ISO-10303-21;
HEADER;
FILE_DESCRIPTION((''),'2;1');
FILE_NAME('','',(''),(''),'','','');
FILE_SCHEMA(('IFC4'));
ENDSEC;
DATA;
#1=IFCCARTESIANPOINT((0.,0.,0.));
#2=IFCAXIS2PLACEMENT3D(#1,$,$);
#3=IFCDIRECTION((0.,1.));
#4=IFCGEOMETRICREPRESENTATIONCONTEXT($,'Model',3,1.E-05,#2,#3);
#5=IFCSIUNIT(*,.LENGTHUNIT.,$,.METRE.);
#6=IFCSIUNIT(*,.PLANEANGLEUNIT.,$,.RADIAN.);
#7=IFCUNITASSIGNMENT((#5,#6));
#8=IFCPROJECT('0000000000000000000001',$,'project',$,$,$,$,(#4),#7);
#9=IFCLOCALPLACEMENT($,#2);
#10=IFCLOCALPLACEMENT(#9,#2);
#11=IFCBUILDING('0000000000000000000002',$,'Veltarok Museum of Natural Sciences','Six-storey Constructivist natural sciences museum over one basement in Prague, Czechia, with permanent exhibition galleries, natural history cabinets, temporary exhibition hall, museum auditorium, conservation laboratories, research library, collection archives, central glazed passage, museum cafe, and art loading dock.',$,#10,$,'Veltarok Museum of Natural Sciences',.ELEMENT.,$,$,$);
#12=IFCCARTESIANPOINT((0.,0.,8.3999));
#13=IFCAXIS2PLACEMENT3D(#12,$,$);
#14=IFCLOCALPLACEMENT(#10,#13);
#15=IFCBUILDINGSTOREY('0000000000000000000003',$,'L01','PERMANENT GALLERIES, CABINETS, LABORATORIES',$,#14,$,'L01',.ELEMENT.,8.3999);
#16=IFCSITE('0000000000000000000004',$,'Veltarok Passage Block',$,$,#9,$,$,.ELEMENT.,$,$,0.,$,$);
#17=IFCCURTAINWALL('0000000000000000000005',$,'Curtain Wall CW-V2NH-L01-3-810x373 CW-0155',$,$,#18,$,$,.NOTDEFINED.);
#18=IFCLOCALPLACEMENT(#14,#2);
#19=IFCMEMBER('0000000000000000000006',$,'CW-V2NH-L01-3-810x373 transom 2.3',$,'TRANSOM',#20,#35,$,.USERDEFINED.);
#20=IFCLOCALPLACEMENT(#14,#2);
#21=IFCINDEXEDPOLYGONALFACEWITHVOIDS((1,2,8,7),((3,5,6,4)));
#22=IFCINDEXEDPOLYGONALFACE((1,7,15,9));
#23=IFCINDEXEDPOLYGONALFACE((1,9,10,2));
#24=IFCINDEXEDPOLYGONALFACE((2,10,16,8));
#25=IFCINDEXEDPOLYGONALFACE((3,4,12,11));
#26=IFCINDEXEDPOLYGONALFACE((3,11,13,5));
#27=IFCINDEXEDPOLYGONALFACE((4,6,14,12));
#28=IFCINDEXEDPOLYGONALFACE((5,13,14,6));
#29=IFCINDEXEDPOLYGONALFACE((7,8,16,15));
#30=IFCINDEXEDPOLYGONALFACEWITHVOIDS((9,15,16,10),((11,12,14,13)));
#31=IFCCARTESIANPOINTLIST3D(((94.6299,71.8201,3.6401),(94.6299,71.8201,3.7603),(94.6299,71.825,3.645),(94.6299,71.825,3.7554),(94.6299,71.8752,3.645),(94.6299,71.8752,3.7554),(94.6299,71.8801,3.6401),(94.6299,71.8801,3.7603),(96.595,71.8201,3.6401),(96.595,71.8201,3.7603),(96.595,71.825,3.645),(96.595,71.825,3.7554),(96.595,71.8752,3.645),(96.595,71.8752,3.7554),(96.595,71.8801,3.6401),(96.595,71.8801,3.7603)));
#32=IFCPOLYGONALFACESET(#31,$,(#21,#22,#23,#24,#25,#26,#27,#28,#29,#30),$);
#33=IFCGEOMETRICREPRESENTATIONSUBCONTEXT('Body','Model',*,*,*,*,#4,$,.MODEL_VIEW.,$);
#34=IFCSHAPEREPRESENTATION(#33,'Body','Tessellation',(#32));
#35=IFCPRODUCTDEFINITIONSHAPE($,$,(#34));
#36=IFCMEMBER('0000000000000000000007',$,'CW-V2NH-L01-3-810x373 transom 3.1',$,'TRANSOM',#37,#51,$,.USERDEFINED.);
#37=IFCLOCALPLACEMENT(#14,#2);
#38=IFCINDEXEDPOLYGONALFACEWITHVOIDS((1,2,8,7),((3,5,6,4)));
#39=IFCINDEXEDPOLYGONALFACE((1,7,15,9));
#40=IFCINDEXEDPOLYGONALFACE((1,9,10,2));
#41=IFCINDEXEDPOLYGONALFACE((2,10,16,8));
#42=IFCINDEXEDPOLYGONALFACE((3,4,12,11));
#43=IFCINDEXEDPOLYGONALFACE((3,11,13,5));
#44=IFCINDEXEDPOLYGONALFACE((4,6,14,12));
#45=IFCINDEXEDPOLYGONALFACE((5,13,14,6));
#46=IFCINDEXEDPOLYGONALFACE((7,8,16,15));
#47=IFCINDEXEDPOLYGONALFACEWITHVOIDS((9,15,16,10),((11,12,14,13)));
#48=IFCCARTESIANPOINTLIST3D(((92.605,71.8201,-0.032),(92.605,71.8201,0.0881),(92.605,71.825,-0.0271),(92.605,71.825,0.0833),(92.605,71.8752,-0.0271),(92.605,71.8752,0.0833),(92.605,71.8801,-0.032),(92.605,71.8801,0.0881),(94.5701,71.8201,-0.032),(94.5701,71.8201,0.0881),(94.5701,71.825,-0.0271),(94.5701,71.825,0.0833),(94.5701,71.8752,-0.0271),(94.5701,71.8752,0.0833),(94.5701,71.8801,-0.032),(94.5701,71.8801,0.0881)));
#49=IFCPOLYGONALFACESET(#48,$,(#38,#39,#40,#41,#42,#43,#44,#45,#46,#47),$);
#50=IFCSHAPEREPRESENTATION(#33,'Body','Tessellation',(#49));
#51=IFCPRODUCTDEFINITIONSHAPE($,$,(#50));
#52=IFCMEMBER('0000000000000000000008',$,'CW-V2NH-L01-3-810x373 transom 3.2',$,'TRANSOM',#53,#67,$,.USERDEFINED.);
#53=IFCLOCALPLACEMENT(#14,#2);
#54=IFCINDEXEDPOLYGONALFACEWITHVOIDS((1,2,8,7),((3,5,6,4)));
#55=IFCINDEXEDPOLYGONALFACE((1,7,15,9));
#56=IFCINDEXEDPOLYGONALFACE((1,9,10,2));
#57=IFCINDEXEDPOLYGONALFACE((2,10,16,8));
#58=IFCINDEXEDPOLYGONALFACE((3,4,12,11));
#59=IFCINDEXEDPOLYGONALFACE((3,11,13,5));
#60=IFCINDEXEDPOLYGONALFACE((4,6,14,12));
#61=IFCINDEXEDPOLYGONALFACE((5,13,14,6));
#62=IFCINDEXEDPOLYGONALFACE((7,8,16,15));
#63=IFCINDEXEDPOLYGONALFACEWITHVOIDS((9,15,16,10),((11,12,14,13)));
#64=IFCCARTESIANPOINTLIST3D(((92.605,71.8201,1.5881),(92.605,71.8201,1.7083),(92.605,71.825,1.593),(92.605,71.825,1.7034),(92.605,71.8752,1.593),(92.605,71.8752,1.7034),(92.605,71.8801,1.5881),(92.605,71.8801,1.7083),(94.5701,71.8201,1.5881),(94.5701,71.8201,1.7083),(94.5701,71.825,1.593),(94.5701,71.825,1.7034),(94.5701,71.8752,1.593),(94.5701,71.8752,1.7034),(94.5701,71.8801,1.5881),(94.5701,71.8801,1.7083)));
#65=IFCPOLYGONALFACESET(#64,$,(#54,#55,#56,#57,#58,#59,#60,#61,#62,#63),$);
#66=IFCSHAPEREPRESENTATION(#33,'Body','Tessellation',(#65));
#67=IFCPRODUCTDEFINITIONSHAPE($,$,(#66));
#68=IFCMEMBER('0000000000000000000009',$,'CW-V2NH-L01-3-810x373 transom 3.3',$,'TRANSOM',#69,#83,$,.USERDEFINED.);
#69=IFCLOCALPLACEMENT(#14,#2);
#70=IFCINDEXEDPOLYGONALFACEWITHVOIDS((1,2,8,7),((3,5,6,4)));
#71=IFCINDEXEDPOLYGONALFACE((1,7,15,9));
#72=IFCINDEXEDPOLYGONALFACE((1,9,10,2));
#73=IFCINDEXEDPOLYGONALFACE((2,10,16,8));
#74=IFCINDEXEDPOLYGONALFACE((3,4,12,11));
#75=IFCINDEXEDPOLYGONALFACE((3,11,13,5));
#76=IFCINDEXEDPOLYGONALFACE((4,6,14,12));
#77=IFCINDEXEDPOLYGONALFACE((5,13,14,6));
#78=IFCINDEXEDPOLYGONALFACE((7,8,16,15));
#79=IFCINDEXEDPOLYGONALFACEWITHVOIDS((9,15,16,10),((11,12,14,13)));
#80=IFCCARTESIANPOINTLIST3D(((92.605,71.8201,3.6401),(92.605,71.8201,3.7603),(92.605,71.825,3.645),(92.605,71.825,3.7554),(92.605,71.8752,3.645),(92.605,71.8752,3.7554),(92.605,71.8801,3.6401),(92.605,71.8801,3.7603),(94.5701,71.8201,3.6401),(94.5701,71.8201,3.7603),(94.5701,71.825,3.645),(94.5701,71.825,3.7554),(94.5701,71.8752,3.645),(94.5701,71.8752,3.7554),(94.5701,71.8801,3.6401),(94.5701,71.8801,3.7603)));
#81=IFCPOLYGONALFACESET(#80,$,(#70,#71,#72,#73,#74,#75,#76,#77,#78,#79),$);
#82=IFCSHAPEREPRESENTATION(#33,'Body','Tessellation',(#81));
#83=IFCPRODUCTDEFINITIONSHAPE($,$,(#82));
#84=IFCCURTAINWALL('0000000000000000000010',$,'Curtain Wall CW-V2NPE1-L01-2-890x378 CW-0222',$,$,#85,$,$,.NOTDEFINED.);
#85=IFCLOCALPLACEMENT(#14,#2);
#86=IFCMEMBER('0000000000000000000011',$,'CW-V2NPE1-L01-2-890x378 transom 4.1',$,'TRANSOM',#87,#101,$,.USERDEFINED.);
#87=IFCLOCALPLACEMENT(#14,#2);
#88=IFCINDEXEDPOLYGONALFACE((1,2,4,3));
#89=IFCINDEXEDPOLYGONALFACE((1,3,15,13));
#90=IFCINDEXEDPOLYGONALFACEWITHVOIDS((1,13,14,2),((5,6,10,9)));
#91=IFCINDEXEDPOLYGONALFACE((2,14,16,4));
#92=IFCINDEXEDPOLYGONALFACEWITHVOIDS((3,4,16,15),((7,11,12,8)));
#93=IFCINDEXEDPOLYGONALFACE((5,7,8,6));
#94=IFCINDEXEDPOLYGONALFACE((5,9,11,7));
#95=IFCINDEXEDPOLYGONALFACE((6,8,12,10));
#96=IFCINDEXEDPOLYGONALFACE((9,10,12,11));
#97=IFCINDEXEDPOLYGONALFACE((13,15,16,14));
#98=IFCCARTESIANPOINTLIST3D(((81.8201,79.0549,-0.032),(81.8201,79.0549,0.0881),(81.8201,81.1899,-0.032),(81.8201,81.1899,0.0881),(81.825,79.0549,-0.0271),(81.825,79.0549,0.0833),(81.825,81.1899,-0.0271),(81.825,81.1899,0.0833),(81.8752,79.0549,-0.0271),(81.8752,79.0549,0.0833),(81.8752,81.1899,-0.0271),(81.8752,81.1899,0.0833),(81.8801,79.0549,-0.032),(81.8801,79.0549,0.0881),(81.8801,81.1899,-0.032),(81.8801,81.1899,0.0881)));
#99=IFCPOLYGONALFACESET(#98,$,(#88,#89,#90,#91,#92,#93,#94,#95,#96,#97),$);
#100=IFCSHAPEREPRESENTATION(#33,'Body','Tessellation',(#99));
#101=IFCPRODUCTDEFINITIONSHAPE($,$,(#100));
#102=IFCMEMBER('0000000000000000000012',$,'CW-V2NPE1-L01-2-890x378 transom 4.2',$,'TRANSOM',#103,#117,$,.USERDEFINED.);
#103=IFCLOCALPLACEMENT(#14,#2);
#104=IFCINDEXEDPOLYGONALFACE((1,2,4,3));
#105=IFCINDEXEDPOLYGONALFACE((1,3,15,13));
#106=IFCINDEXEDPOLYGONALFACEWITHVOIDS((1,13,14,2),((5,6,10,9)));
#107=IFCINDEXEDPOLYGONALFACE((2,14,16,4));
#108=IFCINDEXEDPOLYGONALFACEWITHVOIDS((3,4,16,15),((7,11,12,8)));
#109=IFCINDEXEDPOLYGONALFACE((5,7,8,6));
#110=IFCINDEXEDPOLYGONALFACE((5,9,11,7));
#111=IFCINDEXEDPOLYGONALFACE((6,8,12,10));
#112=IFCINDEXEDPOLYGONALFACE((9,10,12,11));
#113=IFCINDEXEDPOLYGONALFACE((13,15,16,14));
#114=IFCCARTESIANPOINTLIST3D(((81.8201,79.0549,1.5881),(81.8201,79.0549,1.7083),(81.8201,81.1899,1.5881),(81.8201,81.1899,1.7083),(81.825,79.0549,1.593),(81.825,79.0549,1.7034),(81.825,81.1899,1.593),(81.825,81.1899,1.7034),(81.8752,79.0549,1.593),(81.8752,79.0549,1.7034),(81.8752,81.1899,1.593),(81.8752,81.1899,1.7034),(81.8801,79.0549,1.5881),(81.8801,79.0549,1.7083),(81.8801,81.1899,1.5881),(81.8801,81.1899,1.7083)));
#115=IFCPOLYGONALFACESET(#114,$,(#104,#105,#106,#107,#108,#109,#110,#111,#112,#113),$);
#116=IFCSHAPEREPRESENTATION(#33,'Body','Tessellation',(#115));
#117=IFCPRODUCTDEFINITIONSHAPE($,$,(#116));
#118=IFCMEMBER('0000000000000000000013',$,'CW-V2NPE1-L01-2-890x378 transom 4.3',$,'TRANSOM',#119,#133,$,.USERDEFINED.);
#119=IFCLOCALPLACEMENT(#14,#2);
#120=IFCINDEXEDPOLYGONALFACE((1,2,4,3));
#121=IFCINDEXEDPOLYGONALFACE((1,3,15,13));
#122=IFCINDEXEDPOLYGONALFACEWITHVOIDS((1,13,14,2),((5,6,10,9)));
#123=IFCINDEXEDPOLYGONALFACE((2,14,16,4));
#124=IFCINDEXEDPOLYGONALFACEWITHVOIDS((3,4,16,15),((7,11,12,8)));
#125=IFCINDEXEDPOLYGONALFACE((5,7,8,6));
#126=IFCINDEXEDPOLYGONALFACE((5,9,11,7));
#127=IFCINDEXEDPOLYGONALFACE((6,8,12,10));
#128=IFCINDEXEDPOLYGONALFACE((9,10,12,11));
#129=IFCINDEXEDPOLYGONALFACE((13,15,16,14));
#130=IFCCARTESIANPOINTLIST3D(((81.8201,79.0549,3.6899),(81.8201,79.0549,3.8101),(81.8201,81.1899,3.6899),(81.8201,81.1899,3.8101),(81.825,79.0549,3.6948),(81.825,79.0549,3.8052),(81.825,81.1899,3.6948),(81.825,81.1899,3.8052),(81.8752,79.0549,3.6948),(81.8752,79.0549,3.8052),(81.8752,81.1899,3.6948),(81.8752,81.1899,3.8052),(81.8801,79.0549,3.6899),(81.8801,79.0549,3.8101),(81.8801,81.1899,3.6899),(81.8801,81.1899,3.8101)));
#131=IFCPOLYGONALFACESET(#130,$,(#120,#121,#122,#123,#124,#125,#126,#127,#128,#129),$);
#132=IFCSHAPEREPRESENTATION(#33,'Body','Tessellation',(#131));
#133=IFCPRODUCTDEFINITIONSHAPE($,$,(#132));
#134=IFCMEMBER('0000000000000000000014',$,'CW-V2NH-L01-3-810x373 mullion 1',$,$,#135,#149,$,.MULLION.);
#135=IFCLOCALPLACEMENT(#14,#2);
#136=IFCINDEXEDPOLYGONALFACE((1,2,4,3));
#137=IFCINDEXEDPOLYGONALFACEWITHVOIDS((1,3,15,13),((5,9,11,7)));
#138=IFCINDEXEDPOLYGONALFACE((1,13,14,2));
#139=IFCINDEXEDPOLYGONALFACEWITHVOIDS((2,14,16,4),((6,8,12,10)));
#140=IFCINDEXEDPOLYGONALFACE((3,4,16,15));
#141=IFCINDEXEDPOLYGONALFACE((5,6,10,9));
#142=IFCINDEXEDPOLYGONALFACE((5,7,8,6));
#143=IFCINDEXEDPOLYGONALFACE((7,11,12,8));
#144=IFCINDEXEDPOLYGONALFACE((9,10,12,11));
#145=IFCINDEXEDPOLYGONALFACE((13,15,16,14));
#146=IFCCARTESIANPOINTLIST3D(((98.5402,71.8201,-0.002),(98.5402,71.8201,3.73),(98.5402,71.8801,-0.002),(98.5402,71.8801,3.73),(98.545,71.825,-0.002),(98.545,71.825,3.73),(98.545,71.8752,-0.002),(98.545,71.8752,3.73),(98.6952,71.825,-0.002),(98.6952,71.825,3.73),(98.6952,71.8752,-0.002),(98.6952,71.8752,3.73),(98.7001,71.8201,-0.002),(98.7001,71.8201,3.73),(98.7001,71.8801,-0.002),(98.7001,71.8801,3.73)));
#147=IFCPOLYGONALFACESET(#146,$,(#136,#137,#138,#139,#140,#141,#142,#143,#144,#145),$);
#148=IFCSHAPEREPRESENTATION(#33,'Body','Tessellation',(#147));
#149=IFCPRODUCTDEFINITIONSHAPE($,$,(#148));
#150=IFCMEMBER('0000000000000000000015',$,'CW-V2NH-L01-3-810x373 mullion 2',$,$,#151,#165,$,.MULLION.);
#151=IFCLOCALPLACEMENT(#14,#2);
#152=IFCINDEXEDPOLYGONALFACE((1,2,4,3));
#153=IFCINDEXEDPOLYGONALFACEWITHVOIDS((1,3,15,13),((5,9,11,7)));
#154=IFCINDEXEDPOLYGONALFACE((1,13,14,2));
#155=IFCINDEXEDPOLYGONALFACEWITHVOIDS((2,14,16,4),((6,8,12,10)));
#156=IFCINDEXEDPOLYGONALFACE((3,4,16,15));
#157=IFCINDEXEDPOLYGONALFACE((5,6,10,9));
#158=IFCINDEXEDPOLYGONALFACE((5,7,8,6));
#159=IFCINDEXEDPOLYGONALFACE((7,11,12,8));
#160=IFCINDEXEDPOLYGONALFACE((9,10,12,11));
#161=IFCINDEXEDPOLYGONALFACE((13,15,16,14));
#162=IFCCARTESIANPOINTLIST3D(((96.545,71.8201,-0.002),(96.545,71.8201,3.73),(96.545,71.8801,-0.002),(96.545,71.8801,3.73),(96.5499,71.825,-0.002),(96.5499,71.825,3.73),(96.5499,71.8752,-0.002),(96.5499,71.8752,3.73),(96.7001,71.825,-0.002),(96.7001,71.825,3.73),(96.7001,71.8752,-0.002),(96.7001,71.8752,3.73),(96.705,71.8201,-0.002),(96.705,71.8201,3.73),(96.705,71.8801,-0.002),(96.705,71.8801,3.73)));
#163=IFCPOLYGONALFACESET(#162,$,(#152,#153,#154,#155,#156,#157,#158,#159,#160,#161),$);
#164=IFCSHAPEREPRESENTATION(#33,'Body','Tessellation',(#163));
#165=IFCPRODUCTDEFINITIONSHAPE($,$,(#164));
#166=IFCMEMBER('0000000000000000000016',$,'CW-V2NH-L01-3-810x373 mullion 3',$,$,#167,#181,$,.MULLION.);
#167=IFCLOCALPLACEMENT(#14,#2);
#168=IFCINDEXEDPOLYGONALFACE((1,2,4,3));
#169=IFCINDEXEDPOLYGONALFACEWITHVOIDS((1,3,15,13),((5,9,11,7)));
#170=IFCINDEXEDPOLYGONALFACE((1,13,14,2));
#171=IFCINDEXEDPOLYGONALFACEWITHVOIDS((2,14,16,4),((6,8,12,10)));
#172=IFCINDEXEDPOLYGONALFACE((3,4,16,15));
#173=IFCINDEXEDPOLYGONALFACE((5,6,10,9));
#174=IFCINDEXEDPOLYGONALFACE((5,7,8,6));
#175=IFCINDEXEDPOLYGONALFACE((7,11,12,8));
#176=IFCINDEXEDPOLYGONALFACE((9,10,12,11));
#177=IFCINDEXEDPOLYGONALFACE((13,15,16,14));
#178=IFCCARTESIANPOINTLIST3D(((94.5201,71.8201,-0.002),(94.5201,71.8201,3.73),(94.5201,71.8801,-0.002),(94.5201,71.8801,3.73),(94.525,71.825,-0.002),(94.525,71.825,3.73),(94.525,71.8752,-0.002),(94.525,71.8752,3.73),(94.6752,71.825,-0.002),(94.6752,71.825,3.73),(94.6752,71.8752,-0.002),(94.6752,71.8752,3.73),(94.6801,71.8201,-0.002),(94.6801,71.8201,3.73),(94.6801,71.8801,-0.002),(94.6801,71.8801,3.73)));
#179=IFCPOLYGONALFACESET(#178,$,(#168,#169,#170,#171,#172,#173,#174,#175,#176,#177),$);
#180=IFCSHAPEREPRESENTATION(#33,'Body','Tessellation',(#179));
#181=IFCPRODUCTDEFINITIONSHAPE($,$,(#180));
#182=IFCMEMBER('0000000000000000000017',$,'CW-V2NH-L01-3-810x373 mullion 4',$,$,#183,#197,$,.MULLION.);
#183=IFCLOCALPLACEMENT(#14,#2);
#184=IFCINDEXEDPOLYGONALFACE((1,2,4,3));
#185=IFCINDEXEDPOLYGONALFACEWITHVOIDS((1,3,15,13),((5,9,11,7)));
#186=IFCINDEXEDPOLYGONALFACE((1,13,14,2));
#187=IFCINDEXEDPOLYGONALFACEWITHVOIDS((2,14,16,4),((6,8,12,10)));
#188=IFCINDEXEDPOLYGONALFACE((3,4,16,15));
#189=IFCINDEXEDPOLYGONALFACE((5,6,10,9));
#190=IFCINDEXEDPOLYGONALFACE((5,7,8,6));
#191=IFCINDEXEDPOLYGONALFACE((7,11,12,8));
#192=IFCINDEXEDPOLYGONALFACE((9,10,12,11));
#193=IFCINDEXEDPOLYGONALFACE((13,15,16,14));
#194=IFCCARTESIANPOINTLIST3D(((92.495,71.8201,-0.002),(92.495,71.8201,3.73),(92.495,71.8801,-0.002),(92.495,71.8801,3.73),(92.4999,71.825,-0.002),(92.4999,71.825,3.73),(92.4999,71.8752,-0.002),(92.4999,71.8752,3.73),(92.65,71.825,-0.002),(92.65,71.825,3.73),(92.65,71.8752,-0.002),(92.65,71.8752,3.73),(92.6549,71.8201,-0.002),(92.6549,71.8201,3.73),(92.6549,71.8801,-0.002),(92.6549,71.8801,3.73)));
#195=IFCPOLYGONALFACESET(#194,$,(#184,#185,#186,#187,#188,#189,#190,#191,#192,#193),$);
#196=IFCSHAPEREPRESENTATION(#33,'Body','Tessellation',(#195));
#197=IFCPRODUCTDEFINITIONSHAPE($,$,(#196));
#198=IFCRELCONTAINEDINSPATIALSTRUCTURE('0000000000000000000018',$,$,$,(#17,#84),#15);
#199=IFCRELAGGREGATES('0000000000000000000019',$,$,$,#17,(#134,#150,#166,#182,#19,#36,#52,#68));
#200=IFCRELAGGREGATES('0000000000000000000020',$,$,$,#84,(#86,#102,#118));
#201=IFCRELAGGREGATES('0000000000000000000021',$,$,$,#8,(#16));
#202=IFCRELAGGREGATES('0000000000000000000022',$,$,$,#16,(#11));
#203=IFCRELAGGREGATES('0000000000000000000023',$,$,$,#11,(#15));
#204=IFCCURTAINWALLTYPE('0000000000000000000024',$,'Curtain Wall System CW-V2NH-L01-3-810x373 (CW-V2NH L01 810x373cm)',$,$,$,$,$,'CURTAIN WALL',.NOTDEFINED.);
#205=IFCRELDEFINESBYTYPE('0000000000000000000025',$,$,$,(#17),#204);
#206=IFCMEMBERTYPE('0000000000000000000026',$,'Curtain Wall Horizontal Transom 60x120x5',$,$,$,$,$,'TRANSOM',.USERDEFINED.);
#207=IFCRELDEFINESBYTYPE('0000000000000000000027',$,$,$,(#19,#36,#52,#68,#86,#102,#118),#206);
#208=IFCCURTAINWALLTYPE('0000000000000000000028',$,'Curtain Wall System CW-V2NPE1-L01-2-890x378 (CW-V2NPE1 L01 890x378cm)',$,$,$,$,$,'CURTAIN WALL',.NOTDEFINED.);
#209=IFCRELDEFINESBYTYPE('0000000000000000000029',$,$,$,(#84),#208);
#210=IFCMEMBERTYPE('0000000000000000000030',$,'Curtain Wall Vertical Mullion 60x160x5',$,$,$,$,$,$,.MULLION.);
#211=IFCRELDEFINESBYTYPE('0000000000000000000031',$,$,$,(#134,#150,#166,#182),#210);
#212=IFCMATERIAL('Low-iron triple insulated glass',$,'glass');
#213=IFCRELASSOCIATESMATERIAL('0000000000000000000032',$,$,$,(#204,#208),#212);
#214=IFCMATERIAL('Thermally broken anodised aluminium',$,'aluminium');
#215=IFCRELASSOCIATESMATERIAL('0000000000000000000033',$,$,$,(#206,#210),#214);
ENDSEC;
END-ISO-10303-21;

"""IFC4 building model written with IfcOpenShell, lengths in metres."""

from ifc_helpers import new_model, si_unit, direction, frame, origin, origin_2d, place, context, subcontext, project, spatial, hollow_rectangle, extrude, material, material_profile, profile_set, type_object, element, aggregate, save


model = new_model("IFC4")

# Units and contexts
model_context = context("Model", 3, precision=1e-05, world=origin(), true_north=direction((0.0, 1.0)))
body_context = subcontext(model_context, "Body", "Model", "MODEL_VIEW")
ifc_project = project(units=[si_unit("LENGTHUNIT", "METRE"), si_unit("PLANEANGLEUNIT", "RADIAN")], contexts=[model_context])

# Site, building, storey
site_placement = place(None, origin())
site = spatial("IfcSite", under=ifc_project, at=site_placement, Name="Veltarok Passage Block", CompositionType="ELEMENT", RefElevation=0.0)
building_placement = place(site_placement, origin())
building = spatial("IfcBuilding", under=site, at=building_placement, Name="Veltarok Museum of Natural Sciences", Description="Six-storey Constructivist natural sciences museum over one basement in Prague, Czechia, with permanent exhibition galleries, natural history cabinets, temporary exhibition hall, museum auditorium, conservation laboratories, research library, collection archives, central glazed passage, museum cafe, and art loading dock.", LongName="Veltarok Museum of Natural Sciences", CompositionType="ELEMENT")
storey_placement = place(building_placement, frame((0.0, 0.0, 8.3999)))
storey = spatial("IfcBuildingStorey", under=building, at=storey_placement, Name="L01", Description="PERMANENT GALLERIES, CABINETS, LABORATORIES", LongName="L01", CompositionType="ELEMENT", Elevation=8.3999)

# Curtain walls, members
ifc_material_1 = material(Name="Low-iron triple insulated glass", Category="glass")
curtain_wall_type_1 = type_object("IfcCurtainWallType", Name="Curtain Wall System CW-V2NH-L01-3-810x373 (CW-V2NH L01 810x373cm)", ElementType="CURTAIN WALL", PredefinedType="NOTDEFINED", material=ifc_material_1)
curtain_wall_1_placement = place(storey_placement, origin())
curtain_wall_1 = element("IfcCurtainWall", 1, at=curtain_wall_1_placement, inside=storey, type_object=curtain_wall_type_1, Name="Curtain Wall CW-V2NH-L01-3-810x373 CW-0155", PredefinedType="NOTDEFINED")
ifc_material_2 = material(Name="Thermally broken anodised aluminium", Category="aluminium")
ifc_material_profile_1 = material_profile(ifc_material_2, hollow_rectangle(XDim=0.0601, YDim=0.1201, WallThickness=0.0049, at=origin_2d()), Name="CW TRANSOM 60x120x5")
ifc_profile_set_1 = profile_set([ifc_material_profile_1], Name="Thermally broken anodised aluminium")
member_type_1 = type_object("IfcMemberType", Name="Curtain Wall Horizontal Transom 60x120x5", ElementType="TRANSOM", PredefinedType="USERDEFINED", material=ifc_profile_set_1)
member_1_placement = place(storey_placement, frame((96.595, 71.8501, 3.7002), z_axis=(-1.0, 0.0, 0.0), x_axis=(0.0, -1.0, 0.0)))
member_1 = element("IfcMember", 2, at=member_1_placement, type_object=member_type_1, Name="CW-V2NH-L01-3-810x373 transom 2.3", ObjectType="TRANSOM", PredefinedType="USERDEFINED", context=body_context, shape_type="SweptSolid", body=[
    extrude(hollow_rectangle(XDim=0.0601, YDim=0.1201, WallThickness=0.0049, at=origin_2d()), origin(), (0.0, 0.0, 1.0), 1.9651),
])
member_2_placement = place(storey_placement, frame((94.5701, 71.8501, 0.0281), z_axis=(-1.0, 0.0, 0.0), x_axis=(0.0, -1.0, 0.0)))
member_2 = element("IfcMember", 3, at=member_2_placement, type_object=member_type_1, Name="CW-V2NH-L01-3-810x373 transom 3.1", ObjectType="TRANSOM", PredefinedType="USERDEFINED", context=body_context, shape_type="SweptSolid", body=[
    extrude(hollow_rectangle(XDim=0.0601, YDim=0.1201, WallThickness=0.0049, at=origin_2d()), origin(), (0.0, 0.0, 1.0), 1.9651),
])
member_3_placement = place(storey_placement, frame((94.5701, 71.8501, 1.6482), z_axis=(-1.0, 0.0, 0.0), x_axis=(0.0, -1.0, 0.0)))
member_3 = element("IfcMember", 4, at=member_3_placement, type_object=member_type_1, Name="CW-V2NH-L01-3-810x373 transom 3.2", ObjectType="TRANSOM", PredefinedType="USERDEFINED", context=body_context, shape_type="SweptSolid", body=[
    extrude(hollow_rectangle(XDim=0.0601, YDim=0.1201, WallThickness=0.0049, at=origin_2d()), origin(), (0.0, 0.0, 1.0), 1.9651),
])
member_4_placement = place(storey_placement, frame((94.5701, 71.8501, 3.7002), z_axis=(-1.0, 0.0, 0.0), x_axis=(0.0, -1.0, 0.0)))
member_4 = element("IfcMember", 5, at=member_4_placement, type_object=member_type_1, Name="CW-V2NH-L01-3-810x373 transom 3.3", ObjectType="TRANSOM", PredefinedType="USERDEFINED", context=body_context, shape_type="SweptSolid", body=[
    extrude(hollow_rectangle(XDim=0.0601, YDim=0.1201, WallThickness=0.0049, at=origin_2d()), origin(), (0.0, 0.0, 1.0), 1.9651),
])
curtain_wall_type_2 = type_object("IfcCurtainWallType", Name="Curtain Wall System CW-V2NPE1-L01-2-890x378 (CW-V2NPE1 L01 890x378cm)", ElementType="CURTAIN WALL", PredefinedType="NOTDEFINED", material=ifc_material_1)
curtain_wall_2_placement = place(storey_placement, origin())
curtain_wall_2 = element("IfcCurtainWall", 6, at=curtain_wall_2_placement, inside=storey, type_object=curtain_wall_type_2, Name="Curtain Wall CW-V2NPE1-L01-2-890x378 CW-0222", PredefinedType="NOTDEFINED")
member_5_placement = place(storey_placement, frame((81.8501, 79.0549, 0.0281), z_axis=(0.0, 1.0, 0.0), x_axis=(-1.0, 0.0, 0.0)))
member_5 = element("IfcMember", 7, at=member_5_placement, type_object=member_type_1, Name="CW-V2NPE1-L01-2-890x378 transom 4.1", ObjectType="TRANSOM", PredefinedType="USERDEFINED", context=body_context, shape_type="SweptSolid", body=[
    extrude(hollow_rectangle(XDim=0.0601, YDim=0.1201, WallThickness=0.0049, at=origin_2d()), origin(), (0.0, 0.0, 1.0), 2.135),
])
member_6_placement = place(storey_placement, frame((81.8501, 79.0549, 1.6482), z_axis=(0.0, 1.0, 0.0), x_axis=(-1.0, 0.0, 0.0)))
member_6 = element("IfcMember", 8, at=member_6_placement, type_object=member_type_1, Name="CW-V2NPE1-L01-2-890x378 transom 4.2", ObjectType="TRANSOM", PredefinedType="USERDEFINED", context=body_context, shape_type="SweptSolid", body=[
    extrude(hollow_rectangle(XDim=0.0601, YDim=0.1201, WallThickness=0.0049, at=origin_2d()), origin(), (0.0, 0.0, 1.0), 2.135),
])
member_7_placement = place(storey_placement, frame((81.8501, 79.0549, 3.75), z_axis=(0.0, 1.0, 0.0), x_axis=(-1.0, 0.0, 0.0)))
member_7 = element("IfcMember", 9, at=member_7_placement, type_object=member_type_1, Name="CW-V2NPE1-L01-2-890x378 transom 4.3", ObjectType="TRANSOM", PredefinedType="USERDEFINED", context=body_context, shape_type="SweptSolid", body=[
    extrude(hollow_rectangle(XDim=0.0601, YDim=0.1201, WallThickness=0.0049, at=origin_2d()), origin(), (0.0, 0.0, 1.0), 2.135),
])

# Members
ifc_material_profile_2 = material_profile(ifc_material_2, hollow_rectangle(XDim=0.0601, YDim=0.1599, WallThickness=0.0049, at=origin_2d()), Name="CW MULLION 60x160x5")
ifc_profile_set_2 = profile_set([ifc_material_profile_2], Name="Thermally broken anodised aluminium")
member_type_2 = type_object("IfcMemberType", Name="Curtain Wall Vertical Mullion 60x160x5", PredefinedType="MULLION", material=ifc_profile_set_2)
member_8_placement = place(storey_placement, frame((98.6201, 71.8501, -0.002), z_axis=(0.0, 0.0, 1.0), x_axis=(0.0, -1.0, 0.0)))
member_8 = element("IfcMember", 10, at=member_8_placement, type_object=member_type_2, Name="CW-V2NH-L01-3-810x373 mullion 1", PredefinedType="MULLION", context=body_context, shape_type="SweptSolid", body=[
    extrude(hollow_rectangle(XDim=0.0601, YDim=0.1599, WallThickness=0.0049, at=origin_2d()), origin(), (0.0, 0.0, 1.0), 3.7319),
])
member_9_placement = place(storey_placement, frame((96.625, 71.8501, -0.002), z_axis=(0.0, 0.0, 1.0), x_axis=(0.0, -1.0, 0.0)))
member_9 = element("IfcMember", 11, at=member_9_placement, type_object=member_type_2, Name="CW-V2NH-L01-3-810x373 mullion 2", PredefinedType="MULLION", context=body_context, shape_type="SweptSolid", body=[
    extrude(hollow_rectangle(XDim=0.0601, YDim=0.1599, WallThickness=0.0049, at=origin_2d()), origin(), (0.0, 0.0, 1.0), 3.7319),
])
member_10_placement = place(storey_placement, frame((94.6001, 71.8501, -0.002), z_axis=(0.0, 0.0, 1.0), x_axis=(0.0, -1.0, 0.0)))
member_10 = element("IfcMember", 12, at=member_10_placement, type_object=member_type_2, Name="CW-V2NH-L01-3-810x373 mullion 3", PredefinedType="MULLION", context=body_context, shape_type="SweptSolid", body=[
    extrude(hollow_rectangle(XDim=0.0601, YDim=0.1599, WallThickness=0.0049, at=origin_2d()), origin(), (0.0, 0.0, 1.0), 3.7319),
])
member_11_placement = place(storey_placement, frame((92.575, 71.8501, -0.002), z_axis=(0.0, 0.0, 1.0), x_axis=(0.0, -1.0, 0.0)))
member_11 = element("IfcMember", 13, at=member_11_placement, type_object=member_type_2, Name="CW-V2NH-L01-3-810x373 mullion 4", PredefinedType="MULLION", context=body_context, shape_type="SweptSolid", body=[
    extrude(hollow_rectangle(XDim=0.0601, YDim=0.1599, WallThickness=0.0049, at=origin_2d()), origin(), (0.0, 0.0, 1.0), 3.7319),
])

aggregate(curtain_wall_1, [member_8, member_9, member_10, member_11, member_1, member_2, member_3, member_4])
aggregate(curtain_wall_2, [member_5, member_6, member_7])

save(model, "model.ifc")
